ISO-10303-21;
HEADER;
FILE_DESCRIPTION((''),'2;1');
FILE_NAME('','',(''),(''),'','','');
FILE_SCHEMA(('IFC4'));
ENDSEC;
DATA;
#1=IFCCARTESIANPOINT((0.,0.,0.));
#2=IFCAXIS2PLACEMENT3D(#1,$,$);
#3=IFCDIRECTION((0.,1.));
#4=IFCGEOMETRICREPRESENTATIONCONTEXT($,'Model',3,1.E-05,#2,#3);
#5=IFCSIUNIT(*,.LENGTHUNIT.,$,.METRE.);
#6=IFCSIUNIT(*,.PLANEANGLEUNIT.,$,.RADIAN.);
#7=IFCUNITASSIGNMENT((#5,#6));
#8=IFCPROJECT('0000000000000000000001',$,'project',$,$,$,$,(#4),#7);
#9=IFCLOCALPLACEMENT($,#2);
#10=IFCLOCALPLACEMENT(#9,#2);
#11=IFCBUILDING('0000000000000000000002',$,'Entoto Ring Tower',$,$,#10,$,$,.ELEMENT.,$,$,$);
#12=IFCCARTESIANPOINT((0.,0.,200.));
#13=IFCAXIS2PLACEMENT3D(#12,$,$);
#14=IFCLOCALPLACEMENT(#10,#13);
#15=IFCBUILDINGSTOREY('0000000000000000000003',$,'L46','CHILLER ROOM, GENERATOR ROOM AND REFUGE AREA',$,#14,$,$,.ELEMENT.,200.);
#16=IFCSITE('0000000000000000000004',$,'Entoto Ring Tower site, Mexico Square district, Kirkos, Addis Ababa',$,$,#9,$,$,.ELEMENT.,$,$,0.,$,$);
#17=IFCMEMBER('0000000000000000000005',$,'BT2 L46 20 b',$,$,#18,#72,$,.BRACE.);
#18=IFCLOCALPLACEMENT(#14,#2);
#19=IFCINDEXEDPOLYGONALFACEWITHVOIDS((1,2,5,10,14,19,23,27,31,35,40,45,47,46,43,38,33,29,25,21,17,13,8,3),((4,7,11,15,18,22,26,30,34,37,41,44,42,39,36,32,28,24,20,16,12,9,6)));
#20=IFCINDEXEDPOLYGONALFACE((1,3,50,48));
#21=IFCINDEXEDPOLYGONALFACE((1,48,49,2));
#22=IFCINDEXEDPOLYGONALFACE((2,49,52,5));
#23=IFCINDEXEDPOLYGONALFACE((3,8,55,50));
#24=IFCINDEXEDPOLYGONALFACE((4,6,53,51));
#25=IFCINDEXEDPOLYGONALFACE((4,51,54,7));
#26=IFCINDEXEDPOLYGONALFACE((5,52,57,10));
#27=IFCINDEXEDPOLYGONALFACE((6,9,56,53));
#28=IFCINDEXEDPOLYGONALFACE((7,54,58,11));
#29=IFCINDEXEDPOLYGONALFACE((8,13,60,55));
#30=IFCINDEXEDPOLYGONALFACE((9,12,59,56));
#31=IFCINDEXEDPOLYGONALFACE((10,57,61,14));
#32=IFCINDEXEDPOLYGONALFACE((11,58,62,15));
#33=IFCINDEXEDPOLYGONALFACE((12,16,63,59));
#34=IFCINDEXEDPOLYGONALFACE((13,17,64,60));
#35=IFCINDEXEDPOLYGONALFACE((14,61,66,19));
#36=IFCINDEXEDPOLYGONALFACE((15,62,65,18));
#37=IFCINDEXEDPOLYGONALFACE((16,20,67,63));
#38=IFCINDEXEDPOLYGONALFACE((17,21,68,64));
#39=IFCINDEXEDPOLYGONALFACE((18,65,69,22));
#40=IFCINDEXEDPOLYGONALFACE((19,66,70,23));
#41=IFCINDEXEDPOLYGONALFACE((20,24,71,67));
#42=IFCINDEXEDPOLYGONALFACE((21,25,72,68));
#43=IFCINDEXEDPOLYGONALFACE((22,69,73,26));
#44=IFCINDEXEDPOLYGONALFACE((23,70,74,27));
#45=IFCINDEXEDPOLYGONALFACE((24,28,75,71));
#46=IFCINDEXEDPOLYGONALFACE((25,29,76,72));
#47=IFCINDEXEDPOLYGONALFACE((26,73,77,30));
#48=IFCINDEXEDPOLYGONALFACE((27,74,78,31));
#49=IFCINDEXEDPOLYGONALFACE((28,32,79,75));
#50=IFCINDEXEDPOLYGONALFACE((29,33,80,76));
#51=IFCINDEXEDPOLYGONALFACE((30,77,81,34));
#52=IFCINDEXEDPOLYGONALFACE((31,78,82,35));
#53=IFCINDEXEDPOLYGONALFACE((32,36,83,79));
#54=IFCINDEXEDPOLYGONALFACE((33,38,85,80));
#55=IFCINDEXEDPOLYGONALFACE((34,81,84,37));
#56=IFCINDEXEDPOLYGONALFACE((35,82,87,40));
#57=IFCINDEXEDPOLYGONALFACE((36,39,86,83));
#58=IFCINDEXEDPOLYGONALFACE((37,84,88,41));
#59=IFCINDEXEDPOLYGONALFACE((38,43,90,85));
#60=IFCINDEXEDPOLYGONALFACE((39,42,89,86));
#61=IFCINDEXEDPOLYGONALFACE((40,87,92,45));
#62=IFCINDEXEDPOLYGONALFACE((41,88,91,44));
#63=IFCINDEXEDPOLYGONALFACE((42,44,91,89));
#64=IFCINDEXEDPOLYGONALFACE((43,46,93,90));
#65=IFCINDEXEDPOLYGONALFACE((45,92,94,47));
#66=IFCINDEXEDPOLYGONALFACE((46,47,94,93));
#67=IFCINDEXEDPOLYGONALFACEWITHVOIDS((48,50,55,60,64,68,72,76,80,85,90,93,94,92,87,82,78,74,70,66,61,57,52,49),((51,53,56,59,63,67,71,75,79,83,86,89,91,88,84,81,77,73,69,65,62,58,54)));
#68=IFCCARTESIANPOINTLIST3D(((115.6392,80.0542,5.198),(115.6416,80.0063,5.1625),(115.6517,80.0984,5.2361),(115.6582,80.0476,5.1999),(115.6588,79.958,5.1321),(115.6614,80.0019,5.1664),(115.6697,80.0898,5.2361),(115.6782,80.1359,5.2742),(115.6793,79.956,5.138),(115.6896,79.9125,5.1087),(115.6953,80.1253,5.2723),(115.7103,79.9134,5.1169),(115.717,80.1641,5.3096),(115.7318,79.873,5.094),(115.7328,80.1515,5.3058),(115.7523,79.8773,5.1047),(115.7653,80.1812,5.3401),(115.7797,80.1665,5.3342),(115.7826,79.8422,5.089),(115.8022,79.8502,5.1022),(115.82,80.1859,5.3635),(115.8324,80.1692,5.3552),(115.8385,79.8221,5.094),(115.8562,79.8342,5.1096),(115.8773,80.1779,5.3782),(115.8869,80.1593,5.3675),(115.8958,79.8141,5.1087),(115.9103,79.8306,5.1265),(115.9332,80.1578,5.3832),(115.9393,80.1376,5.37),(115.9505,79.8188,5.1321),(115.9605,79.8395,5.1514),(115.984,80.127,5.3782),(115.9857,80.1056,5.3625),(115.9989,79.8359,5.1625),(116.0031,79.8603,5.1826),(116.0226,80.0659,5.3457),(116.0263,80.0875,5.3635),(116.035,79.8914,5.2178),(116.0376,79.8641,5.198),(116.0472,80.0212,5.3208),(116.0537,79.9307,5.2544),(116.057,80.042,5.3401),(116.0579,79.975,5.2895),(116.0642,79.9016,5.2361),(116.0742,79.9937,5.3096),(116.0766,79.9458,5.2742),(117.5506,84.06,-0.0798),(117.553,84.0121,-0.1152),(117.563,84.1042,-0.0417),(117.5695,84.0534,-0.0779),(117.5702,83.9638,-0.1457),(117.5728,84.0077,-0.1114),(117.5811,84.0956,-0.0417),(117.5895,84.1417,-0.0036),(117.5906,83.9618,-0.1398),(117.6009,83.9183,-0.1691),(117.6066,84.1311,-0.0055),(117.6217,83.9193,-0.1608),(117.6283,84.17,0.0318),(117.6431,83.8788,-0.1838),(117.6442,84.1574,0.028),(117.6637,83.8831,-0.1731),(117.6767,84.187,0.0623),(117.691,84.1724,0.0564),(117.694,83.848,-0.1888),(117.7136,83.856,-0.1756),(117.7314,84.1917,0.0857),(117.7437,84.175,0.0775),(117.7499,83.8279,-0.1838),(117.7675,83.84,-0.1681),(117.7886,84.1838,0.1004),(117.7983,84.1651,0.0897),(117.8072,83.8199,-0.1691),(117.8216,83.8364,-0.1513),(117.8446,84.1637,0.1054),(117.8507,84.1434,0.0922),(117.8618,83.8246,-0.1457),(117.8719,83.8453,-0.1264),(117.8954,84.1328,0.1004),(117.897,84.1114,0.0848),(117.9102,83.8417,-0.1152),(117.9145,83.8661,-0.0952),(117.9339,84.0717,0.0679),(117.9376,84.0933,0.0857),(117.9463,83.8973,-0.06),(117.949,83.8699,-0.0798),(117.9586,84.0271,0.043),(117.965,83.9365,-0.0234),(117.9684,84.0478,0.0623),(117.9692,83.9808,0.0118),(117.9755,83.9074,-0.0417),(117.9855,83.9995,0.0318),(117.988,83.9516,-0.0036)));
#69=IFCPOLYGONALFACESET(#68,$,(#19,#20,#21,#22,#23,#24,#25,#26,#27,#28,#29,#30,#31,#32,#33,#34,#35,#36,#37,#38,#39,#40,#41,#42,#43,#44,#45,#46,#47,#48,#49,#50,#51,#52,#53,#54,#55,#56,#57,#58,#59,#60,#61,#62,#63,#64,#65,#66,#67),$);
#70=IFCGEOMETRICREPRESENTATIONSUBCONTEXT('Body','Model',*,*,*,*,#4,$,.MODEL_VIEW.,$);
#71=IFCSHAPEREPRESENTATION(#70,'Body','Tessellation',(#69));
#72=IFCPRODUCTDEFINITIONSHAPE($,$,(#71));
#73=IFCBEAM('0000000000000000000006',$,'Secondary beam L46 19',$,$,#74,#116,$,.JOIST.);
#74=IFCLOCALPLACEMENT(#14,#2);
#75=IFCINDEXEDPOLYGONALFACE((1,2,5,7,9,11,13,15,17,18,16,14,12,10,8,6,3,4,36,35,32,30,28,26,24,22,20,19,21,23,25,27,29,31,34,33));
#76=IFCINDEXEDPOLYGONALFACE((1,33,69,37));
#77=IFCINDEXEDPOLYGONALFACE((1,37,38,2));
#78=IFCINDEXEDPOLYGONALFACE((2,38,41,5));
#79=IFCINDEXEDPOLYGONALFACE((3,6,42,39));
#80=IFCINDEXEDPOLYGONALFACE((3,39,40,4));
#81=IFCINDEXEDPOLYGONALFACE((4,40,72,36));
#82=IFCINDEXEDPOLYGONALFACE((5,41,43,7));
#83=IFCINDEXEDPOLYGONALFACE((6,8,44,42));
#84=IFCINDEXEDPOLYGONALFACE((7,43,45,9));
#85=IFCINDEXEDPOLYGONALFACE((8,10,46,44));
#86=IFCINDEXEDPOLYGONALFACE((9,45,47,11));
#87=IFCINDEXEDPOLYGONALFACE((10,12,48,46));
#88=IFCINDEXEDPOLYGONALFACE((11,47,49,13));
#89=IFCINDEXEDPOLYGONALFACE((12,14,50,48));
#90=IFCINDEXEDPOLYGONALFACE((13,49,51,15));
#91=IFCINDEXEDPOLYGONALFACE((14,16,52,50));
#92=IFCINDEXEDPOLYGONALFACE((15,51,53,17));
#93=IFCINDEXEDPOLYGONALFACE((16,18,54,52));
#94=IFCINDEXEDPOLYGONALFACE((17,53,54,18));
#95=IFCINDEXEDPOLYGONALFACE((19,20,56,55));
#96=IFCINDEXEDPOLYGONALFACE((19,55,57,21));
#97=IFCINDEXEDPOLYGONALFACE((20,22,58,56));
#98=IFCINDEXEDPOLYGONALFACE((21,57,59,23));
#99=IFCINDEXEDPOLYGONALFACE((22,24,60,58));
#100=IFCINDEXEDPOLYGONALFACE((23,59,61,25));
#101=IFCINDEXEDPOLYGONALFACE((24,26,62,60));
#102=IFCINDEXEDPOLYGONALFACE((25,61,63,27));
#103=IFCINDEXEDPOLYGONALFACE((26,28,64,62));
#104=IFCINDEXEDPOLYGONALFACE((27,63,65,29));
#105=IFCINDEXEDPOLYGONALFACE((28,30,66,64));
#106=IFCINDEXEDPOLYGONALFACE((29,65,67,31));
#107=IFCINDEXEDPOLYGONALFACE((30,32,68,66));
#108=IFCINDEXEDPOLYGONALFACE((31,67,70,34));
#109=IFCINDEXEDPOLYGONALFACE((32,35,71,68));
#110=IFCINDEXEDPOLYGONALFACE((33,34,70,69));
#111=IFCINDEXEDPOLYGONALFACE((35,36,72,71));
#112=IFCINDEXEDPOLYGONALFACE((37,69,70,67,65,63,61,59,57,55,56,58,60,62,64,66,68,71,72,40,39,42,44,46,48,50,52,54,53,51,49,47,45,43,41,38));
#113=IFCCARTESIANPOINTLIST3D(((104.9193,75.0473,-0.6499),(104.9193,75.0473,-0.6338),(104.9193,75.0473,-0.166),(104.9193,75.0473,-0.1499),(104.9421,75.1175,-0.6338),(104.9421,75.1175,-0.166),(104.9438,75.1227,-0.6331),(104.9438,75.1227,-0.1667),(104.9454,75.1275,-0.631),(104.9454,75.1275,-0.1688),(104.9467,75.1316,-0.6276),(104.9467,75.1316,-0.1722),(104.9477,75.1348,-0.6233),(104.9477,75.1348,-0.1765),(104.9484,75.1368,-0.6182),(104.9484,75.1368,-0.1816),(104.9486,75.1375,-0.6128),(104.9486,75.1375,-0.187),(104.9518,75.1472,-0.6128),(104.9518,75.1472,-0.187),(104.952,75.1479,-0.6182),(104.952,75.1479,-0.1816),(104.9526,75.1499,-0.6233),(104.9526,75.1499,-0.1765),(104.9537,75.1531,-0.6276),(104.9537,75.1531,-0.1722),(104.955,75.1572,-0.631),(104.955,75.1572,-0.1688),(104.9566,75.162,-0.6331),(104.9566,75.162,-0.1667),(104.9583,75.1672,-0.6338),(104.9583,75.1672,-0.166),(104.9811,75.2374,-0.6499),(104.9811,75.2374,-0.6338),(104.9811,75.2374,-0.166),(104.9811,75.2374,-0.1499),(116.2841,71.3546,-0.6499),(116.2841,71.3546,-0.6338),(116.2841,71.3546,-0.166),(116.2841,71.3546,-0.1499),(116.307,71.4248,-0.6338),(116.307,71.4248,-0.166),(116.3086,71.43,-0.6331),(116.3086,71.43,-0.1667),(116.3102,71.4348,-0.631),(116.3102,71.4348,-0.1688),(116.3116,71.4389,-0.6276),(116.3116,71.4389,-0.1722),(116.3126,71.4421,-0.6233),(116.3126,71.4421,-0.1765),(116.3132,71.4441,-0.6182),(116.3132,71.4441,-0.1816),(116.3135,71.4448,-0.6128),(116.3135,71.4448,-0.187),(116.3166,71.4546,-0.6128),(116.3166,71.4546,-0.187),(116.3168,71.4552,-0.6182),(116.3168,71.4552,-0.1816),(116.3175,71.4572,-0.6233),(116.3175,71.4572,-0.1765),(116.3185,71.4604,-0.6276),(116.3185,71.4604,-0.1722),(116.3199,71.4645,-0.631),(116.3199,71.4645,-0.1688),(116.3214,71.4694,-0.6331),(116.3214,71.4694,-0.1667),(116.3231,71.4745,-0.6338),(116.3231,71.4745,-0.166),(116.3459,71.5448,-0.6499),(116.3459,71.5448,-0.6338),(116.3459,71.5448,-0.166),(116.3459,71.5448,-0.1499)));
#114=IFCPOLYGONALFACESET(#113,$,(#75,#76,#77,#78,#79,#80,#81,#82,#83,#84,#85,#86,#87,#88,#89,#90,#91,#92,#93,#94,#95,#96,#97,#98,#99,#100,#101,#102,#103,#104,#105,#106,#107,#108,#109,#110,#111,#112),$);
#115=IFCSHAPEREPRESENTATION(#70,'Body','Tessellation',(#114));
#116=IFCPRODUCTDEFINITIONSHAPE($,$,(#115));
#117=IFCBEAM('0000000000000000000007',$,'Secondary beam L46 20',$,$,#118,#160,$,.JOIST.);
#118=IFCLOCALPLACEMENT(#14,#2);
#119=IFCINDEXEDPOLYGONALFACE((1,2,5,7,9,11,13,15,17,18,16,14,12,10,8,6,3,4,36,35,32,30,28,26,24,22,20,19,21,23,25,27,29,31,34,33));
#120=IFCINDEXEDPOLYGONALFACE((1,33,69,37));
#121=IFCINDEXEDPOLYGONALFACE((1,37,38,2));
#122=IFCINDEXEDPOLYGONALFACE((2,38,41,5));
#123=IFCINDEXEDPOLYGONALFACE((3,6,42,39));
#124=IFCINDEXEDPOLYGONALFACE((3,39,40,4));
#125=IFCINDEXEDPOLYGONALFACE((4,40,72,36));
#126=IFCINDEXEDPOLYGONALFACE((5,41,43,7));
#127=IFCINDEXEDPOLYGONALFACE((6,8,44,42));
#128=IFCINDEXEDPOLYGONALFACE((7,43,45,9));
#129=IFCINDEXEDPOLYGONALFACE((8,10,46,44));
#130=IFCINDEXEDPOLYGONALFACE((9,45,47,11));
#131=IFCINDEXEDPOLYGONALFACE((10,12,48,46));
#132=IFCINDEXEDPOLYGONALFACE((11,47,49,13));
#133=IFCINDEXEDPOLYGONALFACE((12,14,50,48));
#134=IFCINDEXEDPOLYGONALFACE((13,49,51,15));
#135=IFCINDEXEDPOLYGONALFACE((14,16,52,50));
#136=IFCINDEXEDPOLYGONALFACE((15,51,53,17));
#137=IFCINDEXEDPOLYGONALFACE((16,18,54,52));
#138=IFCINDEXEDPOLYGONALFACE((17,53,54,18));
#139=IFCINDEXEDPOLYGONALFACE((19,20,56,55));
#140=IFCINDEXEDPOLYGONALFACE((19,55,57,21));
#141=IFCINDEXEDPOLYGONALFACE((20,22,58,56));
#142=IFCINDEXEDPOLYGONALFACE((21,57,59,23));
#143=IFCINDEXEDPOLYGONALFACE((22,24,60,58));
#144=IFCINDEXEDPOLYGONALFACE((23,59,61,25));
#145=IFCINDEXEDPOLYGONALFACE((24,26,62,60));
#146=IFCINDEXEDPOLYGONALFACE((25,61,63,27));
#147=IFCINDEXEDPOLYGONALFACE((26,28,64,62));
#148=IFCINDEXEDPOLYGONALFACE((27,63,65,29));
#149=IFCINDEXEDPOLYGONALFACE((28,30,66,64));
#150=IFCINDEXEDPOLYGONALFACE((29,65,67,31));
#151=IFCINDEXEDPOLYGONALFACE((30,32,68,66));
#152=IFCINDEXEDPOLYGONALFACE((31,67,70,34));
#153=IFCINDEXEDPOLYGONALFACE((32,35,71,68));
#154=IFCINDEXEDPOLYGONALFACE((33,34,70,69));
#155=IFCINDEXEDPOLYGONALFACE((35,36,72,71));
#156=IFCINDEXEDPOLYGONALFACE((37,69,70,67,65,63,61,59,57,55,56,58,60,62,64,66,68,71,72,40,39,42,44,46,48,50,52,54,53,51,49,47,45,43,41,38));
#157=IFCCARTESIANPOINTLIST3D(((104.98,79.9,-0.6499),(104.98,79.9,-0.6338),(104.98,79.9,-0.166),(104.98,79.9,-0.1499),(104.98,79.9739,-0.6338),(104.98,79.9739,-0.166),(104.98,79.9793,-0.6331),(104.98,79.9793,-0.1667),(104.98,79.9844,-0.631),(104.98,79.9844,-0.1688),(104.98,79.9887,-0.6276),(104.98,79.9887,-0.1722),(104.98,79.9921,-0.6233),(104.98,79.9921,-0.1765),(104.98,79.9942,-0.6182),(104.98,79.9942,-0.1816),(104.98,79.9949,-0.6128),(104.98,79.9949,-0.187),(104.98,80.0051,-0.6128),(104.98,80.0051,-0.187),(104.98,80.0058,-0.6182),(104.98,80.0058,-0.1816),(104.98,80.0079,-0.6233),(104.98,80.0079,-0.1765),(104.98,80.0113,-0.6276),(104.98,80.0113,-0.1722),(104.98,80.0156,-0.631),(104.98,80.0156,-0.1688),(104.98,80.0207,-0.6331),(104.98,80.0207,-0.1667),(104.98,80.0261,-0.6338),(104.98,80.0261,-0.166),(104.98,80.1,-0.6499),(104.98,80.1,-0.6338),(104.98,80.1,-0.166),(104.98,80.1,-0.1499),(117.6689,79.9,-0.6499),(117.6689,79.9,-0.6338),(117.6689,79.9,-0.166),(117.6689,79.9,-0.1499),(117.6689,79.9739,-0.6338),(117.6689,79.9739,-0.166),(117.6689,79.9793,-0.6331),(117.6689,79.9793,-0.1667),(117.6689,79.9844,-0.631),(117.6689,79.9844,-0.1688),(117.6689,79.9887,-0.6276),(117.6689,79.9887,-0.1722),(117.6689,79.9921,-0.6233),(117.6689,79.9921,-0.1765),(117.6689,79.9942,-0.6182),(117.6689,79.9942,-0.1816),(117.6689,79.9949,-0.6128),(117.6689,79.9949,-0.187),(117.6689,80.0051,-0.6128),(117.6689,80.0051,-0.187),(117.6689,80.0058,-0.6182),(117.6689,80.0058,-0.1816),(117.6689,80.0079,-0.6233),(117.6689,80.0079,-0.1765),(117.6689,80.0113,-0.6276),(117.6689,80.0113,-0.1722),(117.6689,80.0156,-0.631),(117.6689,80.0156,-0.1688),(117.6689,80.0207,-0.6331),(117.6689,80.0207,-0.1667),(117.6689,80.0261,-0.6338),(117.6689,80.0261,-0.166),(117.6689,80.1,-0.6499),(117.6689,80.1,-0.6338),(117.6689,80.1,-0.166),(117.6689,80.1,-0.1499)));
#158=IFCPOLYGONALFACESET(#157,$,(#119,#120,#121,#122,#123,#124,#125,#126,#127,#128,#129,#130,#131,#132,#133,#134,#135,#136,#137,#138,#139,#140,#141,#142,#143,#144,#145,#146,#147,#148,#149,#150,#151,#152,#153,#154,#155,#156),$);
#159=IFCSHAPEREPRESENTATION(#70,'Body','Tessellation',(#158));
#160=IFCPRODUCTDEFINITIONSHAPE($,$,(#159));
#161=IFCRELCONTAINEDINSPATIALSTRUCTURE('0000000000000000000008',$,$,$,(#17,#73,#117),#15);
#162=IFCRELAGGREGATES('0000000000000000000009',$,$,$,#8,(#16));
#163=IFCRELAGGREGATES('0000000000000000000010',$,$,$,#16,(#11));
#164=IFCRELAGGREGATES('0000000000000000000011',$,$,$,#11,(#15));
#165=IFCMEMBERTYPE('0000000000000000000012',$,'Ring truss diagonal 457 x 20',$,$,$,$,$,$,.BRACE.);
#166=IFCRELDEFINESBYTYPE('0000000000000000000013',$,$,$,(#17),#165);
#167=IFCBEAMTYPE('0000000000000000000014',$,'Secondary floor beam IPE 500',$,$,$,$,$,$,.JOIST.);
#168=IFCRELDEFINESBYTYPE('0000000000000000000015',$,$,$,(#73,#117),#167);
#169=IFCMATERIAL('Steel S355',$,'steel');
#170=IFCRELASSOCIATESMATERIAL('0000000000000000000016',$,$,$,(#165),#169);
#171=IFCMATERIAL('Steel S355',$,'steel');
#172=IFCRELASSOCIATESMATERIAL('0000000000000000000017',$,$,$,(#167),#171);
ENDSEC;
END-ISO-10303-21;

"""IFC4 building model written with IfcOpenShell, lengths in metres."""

from ifc_helpers import new_model, si_unit, direction, frame, origin, origin_2d, place, context, subcontext, project, spatial, circle, hollow_circle, i_section, extrude, material, material_profile, profile_set, type_object, element, save


model = new_model("IFC4")

# Units and contexts
model_context = context("Model", 3, precision=1e-05, world=origin(), true_north=direction((0.0, 1.0)))
body_context = subcontext(model_context, "Body", "Model", "MODEL_VIEW")
ifc_project = project(units=[si_unit("LENGTHUNIT", "METRE"), si_unit("PLANEANGLEUNIT", "RADIAN")], contexts=[model_context])

# Site, building, storey
site_placement = place(None, origin())
site = spatial("IfcSite", under=ifc_project, at=site_placement, Name="Entoto Ring Tower site, Mexico Square district, Kirkos, Addis Ababa", CompositionType="ELEMENT", RefElevation=0.0)
building_placement = place(site_placement, origin())
building = spatial("IfcBuilding", under=site, at=building_placement, Name="Entoto Ring Tower", CompositionType="ELEMENT")
storey_placement = place(building_placement, frame((0.0, 0.0, 200.0)))
storey = spatial("IfcBuildingStorey", under=building, at=storey_placement, Name="L46", Description="CHILLER ROOM, GENERATOR ROOM AND REFUGE AREA", CompositionType="ELEMENT", Elevation=200.0)

# Member
ifc_material_1 = material(Name="Steel S355", Category="steel")
ifc_material_profile_1 = material_profile(ifc_material_1, hollow_circle(Radius=0.2285, WallThickness=0.02, at=origin_2d()), Name="CHS 457 x 20")
ifc_material_2 = material(Name="Concrete C60/75", Category="concrete")
ifc_material_profile_2 = material_profile(ifc_material_2, circle(Radius=0.2085, at=origin_2d()), Name="Concrete C60/75 infill")
ifc_profile_set_1 = profile_set([ifc_material_profile_1, ifc_material_profile_2], Name="Steel S355")
member_type_1 = type_object("IfcMemberType", Name="Ring truss diagonal 457 x 20", PredefinedType="BRACE", material=ifc_profile_set_1)
for number, where, z_axis, x_axis, name in (
    (1, (115.8579, 80.0, 5.2361), (0.277169, 0.58089, -0.765339), (-0.902526, 0.430636, 0.0), "BT2 L46 20 b"),
):
    element("IfcMember", number, at=place(storey_placement, frame(where, z_axis=z_axis, x_axis=x_axis)), inside=storey, type_object=member_type_1, Name=name, PredefinedType="BRACE", context=body_context, shape_type="SweptSolid", body=[
        extrude(hollow_circle(Radius=0.2285, WallThickness=0.02, at=origin_2d()), origin(), (0.0, 0.0, 1.0), 6.896),
    ])

# Beams
ifc_material_3 = material(Name="Steel S355", Category="steel")
ifc_material_profile_3 = material_profile(ifc_material_3, i_section(OverallWidth=0.2, OverallDepth=0.5, WebThickness=0.0103, FlangeThickness=0.0161, FilletRadius=0.021, at=origin_2d()), Name="IPE 500")
ifc_profile_set_2 = profile_set([ifc_material_profile_3], Name="Steel S355")
beam_type_1 = type_object("IfcBeamType", Name="Secondary floor beam IPE 500", PredefinedType="JOIST", material=ifc_profile_set_2)
beam_1_placement = place(storey_placement, frame((104.9502, 75.1423, -0.3999), z_axis=(0.951057, -0.309017, 0.0), x_axis=(0.309017, 0.951057, 0.0)))
element("IfcBeam", 2, at=beam_1_placement, inside=storey, type_object=beam_type_1, Name="Secondary beam L46 19", PredefinedType="JOIST", context=body_context, shape_type="SweptSolid", body=[
    extrude(i_section(OverallWidth=0.2, OverallDepth=0.5, WebThickness=0.0103, FlangeThickness=0.0161, FilletRadius=0.021, at=origin_2d()), origin(), (0.0, 0.0, 1.0), 11.9497),
])
beam_2_placement = place(storey_placement, frame((104.98, 80.0, -0.3999), z_axis=(1.0, 0.0, 0.0), x_axis=(0.0, 1.0, 0.0)))
element("IfcBeam", 3, at=beam_2_placement, inside=storey, type_object=beam_type_1, Name="Secondary beam L46 20", PredefinedType="JOIST", context=body_context, shape_type="SweptSolid", body=[
    extrude(i_section(OverallWidth=0.2, OverallDepth=0.5, WebThickness=0.0103, FlangeThickness=0.0161, FilletRadius=0.021, at=origin_2d()), origin(), (0.0, 0.0, 1.0), 12.689),
])

save(model, "model.ifc")
